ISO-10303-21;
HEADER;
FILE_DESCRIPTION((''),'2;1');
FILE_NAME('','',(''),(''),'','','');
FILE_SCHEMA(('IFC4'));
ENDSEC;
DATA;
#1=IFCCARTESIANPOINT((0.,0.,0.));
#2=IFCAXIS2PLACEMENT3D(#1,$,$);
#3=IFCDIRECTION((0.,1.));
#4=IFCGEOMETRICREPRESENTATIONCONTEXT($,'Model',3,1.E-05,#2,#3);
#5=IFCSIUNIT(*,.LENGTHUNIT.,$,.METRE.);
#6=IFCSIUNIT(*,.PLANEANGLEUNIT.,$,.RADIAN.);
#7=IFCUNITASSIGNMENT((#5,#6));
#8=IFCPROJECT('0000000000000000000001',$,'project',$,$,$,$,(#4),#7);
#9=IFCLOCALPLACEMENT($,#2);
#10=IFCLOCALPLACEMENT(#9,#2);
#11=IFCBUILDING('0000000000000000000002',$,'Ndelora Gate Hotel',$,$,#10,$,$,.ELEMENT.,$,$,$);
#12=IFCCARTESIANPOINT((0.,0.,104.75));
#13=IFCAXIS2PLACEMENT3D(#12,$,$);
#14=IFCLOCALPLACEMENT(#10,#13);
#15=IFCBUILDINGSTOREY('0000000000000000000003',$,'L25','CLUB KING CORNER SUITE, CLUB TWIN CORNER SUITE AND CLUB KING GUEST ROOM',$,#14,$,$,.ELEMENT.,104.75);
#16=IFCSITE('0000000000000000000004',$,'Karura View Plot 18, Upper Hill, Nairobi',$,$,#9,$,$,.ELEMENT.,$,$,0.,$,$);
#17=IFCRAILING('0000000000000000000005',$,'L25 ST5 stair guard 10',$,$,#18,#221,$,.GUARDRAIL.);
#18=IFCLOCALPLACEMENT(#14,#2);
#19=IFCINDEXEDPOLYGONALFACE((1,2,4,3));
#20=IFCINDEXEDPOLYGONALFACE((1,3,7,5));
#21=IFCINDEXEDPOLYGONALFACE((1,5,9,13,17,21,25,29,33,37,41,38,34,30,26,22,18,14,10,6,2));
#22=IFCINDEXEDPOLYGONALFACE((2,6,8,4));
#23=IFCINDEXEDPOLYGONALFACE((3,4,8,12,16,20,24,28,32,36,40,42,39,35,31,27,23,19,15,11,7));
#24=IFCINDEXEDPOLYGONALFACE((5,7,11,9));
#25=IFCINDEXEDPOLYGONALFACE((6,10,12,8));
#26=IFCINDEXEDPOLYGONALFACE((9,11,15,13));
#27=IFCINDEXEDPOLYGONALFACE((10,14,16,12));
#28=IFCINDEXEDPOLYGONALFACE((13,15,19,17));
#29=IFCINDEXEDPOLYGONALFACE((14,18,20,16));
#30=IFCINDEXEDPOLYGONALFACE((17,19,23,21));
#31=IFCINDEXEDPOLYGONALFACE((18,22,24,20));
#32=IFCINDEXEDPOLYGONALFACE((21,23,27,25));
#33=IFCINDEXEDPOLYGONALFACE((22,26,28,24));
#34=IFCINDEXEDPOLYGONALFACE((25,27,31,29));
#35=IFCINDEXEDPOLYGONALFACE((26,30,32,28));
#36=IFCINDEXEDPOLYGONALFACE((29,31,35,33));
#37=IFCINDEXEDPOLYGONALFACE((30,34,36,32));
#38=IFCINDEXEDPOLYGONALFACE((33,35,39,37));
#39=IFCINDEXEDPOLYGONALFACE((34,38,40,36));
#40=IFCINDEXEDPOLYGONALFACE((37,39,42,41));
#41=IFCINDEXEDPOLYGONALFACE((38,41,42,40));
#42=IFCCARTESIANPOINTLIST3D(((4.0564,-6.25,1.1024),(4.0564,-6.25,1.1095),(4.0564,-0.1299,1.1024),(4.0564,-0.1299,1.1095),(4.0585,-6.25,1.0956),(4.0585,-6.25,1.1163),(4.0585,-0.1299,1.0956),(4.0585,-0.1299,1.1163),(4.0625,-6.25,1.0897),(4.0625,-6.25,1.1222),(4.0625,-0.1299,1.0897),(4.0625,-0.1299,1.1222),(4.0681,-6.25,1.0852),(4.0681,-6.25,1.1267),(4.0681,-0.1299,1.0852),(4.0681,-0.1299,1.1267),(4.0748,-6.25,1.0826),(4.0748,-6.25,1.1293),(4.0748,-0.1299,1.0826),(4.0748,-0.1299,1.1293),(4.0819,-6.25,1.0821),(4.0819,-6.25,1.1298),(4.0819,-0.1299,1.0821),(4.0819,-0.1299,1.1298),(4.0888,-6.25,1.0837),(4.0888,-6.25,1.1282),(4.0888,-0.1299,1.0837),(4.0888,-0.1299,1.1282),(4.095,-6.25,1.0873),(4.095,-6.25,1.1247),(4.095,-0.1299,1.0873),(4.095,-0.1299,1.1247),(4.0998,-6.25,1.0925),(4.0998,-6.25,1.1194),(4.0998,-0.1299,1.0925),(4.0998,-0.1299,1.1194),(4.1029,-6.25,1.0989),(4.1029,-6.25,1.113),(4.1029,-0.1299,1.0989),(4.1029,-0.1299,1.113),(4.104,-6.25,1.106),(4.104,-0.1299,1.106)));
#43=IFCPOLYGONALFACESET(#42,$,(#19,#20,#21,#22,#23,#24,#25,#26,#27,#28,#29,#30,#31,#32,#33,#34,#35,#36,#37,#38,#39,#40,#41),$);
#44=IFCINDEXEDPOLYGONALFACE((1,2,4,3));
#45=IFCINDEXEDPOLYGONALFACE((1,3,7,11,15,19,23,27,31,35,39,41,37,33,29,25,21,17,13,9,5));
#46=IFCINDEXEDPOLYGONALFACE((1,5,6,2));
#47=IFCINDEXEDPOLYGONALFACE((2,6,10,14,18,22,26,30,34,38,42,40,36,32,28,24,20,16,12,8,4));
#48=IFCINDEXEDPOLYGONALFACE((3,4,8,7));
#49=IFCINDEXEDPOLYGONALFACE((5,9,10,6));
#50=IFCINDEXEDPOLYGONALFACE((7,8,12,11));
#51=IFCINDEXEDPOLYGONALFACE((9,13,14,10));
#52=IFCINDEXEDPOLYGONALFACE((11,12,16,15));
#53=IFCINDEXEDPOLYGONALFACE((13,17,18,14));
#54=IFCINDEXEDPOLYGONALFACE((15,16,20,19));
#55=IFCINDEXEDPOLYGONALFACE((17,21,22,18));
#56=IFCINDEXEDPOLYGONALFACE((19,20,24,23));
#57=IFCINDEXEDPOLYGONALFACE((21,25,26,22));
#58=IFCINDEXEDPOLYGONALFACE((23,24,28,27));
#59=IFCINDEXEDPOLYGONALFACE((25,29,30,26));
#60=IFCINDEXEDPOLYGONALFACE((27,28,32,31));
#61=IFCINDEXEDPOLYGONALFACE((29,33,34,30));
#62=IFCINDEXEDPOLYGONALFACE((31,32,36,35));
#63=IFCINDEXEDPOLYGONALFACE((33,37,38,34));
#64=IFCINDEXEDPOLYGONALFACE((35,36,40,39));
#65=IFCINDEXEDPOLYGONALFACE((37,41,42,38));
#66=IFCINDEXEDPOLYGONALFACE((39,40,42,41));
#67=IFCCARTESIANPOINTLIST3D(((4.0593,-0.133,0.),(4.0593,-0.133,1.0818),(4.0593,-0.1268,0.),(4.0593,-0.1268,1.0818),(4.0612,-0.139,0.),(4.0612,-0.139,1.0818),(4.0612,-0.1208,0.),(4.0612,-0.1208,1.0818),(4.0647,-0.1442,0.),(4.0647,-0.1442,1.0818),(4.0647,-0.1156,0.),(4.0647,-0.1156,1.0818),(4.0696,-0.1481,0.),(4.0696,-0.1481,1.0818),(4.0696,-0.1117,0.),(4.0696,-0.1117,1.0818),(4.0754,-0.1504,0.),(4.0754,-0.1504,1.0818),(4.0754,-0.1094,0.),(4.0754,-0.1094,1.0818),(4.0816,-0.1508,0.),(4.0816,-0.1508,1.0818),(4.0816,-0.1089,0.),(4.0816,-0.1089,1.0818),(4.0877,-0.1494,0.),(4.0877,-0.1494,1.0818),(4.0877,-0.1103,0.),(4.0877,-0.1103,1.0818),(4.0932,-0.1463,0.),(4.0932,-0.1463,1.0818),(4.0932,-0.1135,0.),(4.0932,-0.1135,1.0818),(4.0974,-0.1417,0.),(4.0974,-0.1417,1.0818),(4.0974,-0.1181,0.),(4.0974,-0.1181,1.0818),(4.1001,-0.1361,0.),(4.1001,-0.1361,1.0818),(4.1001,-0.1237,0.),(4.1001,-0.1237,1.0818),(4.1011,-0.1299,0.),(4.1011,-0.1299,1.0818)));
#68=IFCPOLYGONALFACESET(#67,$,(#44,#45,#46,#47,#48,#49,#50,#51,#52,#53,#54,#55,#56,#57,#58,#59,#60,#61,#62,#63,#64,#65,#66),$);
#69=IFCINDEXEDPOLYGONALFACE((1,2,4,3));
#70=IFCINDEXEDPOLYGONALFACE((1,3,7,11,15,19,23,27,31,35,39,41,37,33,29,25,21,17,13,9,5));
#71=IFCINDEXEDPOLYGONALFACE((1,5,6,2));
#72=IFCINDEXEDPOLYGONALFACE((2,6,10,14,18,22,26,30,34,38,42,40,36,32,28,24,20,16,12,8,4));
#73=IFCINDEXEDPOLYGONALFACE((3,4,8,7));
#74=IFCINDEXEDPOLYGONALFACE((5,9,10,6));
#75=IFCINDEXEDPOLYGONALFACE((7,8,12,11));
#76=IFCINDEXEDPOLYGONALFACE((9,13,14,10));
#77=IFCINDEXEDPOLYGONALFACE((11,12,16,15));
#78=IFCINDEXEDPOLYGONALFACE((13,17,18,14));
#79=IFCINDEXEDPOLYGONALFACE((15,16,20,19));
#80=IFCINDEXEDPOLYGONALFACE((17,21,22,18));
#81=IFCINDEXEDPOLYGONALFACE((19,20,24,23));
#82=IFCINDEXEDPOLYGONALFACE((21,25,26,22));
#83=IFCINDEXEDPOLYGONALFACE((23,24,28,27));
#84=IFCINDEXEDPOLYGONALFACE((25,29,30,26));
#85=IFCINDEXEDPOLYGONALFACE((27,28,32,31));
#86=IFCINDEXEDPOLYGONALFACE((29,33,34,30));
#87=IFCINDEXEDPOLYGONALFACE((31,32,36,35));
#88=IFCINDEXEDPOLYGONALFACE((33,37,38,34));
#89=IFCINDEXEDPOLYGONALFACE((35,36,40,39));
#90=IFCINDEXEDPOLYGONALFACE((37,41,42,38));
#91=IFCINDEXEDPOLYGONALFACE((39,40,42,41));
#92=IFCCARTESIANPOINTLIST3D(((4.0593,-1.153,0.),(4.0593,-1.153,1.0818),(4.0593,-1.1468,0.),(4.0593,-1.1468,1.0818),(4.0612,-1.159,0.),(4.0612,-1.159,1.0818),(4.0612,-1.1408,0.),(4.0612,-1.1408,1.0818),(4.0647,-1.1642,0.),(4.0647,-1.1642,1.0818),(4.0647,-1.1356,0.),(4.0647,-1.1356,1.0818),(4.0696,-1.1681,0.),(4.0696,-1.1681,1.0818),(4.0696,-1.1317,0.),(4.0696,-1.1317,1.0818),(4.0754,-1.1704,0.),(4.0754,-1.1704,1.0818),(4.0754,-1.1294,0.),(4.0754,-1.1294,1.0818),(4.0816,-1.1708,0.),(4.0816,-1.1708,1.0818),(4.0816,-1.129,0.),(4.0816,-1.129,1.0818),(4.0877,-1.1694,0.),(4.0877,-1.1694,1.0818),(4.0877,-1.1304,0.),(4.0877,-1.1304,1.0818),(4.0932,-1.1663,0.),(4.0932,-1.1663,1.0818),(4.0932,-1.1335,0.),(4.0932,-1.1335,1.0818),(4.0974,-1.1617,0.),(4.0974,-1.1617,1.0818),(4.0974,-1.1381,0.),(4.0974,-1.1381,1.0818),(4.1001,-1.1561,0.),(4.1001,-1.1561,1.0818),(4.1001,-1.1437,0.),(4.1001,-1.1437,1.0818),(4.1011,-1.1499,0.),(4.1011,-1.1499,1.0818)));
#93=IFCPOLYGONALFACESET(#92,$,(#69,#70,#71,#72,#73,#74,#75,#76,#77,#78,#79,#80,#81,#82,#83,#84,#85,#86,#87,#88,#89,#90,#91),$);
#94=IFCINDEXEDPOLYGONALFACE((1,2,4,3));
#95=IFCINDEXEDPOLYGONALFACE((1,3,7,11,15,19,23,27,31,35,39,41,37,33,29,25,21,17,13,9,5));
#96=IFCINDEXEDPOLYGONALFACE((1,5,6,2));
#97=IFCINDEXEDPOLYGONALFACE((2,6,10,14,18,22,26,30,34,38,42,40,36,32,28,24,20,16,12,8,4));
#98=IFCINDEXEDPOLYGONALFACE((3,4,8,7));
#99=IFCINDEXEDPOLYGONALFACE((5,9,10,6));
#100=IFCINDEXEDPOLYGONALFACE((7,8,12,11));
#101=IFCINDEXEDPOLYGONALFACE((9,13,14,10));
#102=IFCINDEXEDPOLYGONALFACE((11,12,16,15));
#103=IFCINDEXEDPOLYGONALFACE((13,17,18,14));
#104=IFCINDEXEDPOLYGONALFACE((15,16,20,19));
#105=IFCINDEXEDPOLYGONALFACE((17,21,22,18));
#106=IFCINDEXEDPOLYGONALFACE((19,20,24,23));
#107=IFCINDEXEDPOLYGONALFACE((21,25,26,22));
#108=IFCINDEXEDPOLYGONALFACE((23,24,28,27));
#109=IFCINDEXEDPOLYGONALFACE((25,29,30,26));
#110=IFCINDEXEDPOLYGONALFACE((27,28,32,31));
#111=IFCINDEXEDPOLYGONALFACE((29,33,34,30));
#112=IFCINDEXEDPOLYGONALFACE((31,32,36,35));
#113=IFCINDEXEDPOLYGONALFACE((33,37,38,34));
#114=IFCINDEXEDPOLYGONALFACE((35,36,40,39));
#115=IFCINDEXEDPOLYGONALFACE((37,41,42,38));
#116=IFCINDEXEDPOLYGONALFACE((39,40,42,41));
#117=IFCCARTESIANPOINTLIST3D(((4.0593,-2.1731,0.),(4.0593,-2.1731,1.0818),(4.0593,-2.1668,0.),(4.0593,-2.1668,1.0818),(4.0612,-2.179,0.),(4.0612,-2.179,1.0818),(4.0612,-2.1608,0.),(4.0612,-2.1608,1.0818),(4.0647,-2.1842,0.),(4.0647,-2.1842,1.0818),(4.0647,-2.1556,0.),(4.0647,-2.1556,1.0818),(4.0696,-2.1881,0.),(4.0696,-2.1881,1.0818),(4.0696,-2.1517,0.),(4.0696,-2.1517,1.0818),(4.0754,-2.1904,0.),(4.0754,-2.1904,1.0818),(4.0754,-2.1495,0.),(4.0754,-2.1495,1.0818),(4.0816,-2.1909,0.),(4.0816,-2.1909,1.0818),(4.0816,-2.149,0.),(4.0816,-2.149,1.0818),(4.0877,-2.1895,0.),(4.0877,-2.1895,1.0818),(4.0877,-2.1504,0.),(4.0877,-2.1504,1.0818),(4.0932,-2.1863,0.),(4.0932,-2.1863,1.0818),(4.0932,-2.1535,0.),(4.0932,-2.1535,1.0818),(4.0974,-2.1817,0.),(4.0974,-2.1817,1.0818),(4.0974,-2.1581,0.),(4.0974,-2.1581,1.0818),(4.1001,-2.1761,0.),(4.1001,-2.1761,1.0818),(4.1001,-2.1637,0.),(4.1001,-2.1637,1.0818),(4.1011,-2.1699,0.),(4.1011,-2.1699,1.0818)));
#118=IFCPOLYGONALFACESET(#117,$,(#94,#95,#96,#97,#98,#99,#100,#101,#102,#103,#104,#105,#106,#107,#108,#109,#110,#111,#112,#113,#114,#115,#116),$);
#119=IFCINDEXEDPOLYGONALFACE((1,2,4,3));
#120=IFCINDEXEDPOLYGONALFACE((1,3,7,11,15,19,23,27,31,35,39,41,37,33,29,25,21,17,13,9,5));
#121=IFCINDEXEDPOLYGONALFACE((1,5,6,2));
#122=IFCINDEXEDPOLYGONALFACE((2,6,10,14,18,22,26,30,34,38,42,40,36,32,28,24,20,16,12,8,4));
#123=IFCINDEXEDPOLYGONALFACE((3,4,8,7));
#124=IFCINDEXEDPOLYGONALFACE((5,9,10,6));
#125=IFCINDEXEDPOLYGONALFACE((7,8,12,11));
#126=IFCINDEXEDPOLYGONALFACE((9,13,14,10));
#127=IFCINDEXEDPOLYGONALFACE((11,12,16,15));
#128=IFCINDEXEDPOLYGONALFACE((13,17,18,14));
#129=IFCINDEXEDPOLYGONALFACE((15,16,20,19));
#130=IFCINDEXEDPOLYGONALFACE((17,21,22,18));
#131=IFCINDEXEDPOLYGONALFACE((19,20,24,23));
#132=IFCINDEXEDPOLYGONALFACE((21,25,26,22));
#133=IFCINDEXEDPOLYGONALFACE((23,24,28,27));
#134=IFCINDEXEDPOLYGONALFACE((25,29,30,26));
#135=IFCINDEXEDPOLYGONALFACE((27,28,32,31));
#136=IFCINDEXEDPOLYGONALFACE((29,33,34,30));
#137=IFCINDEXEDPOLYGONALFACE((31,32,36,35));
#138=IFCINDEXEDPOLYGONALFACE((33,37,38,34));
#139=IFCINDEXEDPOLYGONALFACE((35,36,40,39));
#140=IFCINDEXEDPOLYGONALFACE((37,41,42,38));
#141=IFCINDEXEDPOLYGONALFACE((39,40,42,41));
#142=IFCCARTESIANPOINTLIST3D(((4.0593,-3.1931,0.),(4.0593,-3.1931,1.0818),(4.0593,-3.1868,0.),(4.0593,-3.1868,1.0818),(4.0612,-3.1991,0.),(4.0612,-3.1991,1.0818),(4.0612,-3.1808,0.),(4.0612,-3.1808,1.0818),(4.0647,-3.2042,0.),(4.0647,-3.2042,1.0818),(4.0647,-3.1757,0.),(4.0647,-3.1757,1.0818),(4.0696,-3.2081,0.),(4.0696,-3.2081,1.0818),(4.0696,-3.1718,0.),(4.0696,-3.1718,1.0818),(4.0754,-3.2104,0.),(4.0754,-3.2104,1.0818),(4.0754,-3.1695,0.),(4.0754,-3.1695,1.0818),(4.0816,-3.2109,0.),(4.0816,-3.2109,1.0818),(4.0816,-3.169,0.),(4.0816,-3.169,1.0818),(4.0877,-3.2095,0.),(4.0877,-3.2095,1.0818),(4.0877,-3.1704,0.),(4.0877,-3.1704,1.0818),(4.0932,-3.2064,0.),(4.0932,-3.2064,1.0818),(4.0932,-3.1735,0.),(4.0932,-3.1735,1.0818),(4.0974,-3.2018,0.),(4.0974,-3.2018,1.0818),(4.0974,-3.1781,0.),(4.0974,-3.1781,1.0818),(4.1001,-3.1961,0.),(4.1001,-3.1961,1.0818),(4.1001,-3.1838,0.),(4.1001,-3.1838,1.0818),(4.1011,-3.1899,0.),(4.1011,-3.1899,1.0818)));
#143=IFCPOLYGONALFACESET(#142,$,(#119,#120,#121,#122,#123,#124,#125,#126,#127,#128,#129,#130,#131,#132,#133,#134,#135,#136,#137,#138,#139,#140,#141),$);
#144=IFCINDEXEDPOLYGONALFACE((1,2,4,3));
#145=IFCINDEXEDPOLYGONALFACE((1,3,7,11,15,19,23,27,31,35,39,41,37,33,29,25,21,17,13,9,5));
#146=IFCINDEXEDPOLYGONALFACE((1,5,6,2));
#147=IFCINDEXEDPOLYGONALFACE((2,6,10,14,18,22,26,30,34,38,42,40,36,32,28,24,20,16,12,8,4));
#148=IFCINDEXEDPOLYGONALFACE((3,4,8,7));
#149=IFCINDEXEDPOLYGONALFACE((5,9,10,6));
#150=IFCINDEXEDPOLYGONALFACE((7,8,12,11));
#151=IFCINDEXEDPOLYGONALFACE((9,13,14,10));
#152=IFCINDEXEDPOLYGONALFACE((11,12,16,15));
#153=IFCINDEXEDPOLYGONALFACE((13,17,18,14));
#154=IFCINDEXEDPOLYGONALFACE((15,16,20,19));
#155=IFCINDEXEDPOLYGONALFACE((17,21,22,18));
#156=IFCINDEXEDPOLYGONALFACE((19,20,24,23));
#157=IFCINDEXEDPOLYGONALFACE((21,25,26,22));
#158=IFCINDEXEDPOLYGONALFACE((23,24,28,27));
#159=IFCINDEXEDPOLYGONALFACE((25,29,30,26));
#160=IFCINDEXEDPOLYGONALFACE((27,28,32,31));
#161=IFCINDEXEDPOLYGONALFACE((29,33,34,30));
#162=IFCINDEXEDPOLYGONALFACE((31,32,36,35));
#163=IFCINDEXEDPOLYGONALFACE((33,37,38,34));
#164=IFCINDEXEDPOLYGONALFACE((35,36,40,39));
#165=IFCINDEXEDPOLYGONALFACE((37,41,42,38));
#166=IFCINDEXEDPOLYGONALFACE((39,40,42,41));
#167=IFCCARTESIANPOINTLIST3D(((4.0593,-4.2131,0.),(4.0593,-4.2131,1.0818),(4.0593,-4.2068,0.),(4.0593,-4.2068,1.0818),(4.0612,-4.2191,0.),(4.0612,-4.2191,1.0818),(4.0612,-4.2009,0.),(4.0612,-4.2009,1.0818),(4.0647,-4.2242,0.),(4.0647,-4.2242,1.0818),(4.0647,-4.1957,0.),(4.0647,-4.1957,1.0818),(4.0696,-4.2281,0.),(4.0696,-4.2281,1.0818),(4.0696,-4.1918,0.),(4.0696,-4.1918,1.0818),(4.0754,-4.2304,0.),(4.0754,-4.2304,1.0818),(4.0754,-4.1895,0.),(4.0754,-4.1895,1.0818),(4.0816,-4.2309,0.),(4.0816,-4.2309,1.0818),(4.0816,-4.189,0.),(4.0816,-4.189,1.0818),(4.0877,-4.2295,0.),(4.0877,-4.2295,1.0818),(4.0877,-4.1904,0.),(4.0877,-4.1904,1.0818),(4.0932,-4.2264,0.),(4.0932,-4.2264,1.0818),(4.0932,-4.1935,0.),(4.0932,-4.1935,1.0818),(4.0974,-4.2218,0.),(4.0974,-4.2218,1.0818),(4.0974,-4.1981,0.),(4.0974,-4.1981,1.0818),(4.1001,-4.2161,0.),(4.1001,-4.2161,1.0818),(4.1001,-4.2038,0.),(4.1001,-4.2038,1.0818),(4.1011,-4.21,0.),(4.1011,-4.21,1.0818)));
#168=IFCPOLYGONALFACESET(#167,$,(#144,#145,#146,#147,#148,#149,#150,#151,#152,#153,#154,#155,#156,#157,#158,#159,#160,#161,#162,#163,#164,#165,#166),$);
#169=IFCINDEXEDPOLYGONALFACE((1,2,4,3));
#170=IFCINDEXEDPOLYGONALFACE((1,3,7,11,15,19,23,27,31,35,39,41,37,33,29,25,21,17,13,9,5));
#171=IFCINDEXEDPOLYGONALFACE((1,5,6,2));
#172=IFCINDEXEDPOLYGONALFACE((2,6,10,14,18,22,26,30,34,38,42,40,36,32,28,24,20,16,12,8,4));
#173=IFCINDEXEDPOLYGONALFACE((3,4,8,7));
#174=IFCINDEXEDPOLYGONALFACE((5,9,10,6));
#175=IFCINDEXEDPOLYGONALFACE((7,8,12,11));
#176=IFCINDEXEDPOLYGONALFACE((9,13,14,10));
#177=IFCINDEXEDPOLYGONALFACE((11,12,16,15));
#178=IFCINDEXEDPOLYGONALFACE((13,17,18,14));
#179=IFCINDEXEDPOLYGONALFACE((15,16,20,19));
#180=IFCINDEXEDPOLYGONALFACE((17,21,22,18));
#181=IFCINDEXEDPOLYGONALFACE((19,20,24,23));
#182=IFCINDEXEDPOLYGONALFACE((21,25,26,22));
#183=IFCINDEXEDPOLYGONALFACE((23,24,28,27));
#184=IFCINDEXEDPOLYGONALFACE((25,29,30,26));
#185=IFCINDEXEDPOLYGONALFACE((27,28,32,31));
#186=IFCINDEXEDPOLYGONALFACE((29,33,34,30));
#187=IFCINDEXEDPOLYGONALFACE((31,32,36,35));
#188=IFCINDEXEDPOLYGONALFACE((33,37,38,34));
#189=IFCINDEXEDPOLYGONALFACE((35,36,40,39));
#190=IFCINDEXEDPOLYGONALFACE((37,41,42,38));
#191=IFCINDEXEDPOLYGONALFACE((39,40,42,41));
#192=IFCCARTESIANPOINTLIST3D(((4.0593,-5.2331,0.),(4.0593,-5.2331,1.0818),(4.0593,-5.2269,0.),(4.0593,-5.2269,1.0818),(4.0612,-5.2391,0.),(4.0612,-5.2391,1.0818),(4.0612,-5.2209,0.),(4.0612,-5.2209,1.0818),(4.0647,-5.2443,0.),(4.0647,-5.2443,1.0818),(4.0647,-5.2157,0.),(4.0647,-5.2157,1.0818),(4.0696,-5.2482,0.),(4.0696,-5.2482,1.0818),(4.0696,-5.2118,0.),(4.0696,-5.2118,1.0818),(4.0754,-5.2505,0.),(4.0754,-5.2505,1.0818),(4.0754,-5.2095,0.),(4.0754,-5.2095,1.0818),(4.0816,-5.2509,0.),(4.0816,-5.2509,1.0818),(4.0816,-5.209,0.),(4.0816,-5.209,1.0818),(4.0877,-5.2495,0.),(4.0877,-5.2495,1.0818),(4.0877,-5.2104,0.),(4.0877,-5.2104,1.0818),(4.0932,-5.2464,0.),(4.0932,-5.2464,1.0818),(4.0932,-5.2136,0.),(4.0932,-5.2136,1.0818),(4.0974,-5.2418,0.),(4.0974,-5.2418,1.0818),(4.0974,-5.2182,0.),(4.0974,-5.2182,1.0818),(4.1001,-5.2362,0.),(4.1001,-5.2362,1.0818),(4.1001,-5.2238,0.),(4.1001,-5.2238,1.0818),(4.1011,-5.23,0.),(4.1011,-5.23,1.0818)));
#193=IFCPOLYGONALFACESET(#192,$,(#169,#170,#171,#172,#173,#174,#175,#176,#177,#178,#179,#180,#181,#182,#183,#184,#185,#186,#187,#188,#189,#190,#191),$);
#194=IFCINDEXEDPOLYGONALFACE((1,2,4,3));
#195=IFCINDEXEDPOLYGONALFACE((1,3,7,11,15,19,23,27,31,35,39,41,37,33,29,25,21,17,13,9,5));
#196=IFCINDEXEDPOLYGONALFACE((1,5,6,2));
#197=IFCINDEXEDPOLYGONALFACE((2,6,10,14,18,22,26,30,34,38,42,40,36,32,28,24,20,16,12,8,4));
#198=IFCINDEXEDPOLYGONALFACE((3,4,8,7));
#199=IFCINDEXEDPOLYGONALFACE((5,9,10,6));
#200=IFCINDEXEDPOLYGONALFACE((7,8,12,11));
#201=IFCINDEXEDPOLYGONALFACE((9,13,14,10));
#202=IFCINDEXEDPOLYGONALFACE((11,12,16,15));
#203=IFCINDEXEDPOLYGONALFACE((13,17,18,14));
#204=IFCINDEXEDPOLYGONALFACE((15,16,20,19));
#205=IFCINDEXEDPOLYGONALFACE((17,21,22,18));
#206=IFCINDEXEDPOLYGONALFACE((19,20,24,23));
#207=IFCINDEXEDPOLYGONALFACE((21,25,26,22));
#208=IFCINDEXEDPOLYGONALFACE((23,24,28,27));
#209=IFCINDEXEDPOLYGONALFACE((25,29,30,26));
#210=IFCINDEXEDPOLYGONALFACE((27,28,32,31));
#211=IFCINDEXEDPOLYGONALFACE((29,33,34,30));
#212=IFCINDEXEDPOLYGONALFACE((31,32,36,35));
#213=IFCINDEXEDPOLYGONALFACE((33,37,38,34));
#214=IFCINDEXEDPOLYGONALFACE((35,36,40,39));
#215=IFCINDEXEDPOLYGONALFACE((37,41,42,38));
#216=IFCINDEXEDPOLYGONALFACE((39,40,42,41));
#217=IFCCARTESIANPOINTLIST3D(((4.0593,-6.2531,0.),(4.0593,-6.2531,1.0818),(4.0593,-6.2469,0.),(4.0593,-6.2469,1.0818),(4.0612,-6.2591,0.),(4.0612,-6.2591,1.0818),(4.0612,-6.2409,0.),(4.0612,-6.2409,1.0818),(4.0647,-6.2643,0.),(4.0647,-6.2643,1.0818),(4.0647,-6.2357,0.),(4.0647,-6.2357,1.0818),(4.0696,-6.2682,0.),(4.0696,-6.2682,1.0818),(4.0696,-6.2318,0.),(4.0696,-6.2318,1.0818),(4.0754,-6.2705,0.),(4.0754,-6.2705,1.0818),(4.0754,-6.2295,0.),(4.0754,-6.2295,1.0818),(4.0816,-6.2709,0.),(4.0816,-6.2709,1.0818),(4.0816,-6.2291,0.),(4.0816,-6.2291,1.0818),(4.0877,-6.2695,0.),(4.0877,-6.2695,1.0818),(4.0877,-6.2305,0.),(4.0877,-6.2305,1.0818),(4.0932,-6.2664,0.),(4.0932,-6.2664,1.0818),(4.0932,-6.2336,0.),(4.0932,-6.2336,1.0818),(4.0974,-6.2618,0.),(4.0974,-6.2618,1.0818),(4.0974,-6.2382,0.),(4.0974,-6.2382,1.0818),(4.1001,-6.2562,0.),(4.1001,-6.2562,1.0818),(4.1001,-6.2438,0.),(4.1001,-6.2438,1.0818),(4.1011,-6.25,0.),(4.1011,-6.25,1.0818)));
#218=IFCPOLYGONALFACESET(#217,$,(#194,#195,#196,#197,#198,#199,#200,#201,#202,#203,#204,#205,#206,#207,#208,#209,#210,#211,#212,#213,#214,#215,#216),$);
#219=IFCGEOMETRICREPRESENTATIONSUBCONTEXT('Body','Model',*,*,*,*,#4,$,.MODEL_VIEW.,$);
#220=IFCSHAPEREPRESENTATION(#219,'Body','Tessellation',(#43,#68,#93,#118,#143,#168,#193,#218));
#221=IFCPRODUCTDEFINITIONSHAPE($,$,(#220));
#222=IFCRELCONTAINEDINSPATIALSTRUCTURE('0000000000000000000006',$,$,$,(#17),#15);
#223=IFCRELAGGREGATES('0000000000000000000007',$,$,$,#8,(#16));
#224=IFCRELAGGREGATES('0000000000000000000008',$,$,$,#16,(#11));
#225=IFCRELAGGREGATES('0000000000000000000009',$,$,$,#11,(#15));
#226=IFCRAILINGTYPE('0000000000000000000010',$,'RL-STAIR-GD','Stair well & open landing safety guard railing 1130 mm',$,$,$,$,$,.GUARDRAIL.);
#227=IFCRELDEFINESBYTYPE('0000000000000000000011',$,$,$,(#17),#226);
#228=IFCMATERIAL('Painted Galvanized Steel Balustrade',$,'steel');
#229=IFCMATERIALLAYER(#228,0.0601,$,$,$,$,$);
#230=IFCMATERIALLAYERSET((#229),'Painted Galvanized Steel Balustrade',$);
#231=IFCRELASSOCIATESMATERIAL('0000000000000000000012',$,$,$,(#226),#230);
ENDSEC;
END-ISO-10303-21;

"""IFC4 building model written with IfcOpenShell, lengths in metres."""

from ifc_helpers import new_model, si_unit, direction, frame, origin, origin_2d, place, context, subcontext, project, spatial, circle, extrude, material, layer, layer_set, type_object, element, save


model = new_model("IFC4")

# Units and contexts
model_context = context("Model", 3, precision=1e-05, world=origin(), true_north=direction((0.0, 1.0)))
body_context = subcontext(model_context, "Body", "Model", "MODEL_VIEW")
ifc_project = project(units=[si_unit("LENGTHUNIT", "METRE"), si_unit("PLANEANGLEUNIT", "RADIAN")], contexts=[model_context])

# Site, building, storey
site_placement = place(None, origin())
site = spatial("IfcSite", under=ifc_project, at=site_placement, Name="Karura View Plot 18, Upper Hill, Nairobi", CompositionType="ELEMENT", RefElevation=0.0)
building_placement = place(site_placement, origin())
building = spatial("IfcBuilding", under=site, at=building_placement, Name="Ndelora Gate Hotel", CompositionType="ELEMENT")
storey_placement = place(building_placement, frame((0.0, 0.0, 104.75)))
storey = spatial("IfcBuildingStorey", under=building, at=storey_placement, Name="L25", Description="CLUB KING CORNER SUITE, CLUB TWIN CORNER SUITE AND CLUB KING GUEST ROOM", CompositionType="ELEMENT", Elevation=104.75)

# Railing
ifc_material_1 = material(Name="Painted Galvanized Steel Balustrade", Category="steel")
ifc_layer_1 = layer(ifc_material_1, 0.0601)
ifc_layer_set_1 = layer_set([ifc_layer_1], Name="Painted Galvanized Steel Balustrade")
railing_type = type_object("IfcRailingType", Name="RL-STAIR-GD", Description="Stair well & open landing safety guard railing 1130 mm", PredefinedType="GUARDRAIL", material=ifc_layer_set_1)
railing_1_placement = place(storey_placement, frame((4.0801, -0.1299, 0.0)))
element("IfcRailing", 1, at=railing_1_placement, inside=storey, type_object=railing_type, Name="L25 ST5 stair guard 10", PredefinedType="GUARDRAIL", context=body_context, shape_type="SweptSolid", body=[
    extrude(circle(Radius=0.0239, at=origin_2d()), frame((0.0, 0.0, 1.106), z_axis=(0.0, -1.0, 0.0), x_axis=(1.0, 0.0, 0.0)), (0.0, 0.0, 1.0), 6.1201),
    extrude(circle(Radius=0.021, at=origin_2d()), origin(), (0.0, 0.0, 1.0), 1.0818),
    extrude(circle(Radius=0.021, at=origin_2d()), frame((0.0, -1.02, 0.0)), (0.0, 0.0, 1.0), 1.0818),
    extrude(circle(Radius=0.021, at=origin_2d()), frame((0.0, -2.04, 0.0)), (0.0, 0.0, 1.0), 1.0818),
    extrude(circle(Radius=0.021, at=origin_2d()), frame((0.0, -3.0601, 0.0)), (0.0, 0.0, 1.0), 1.0818),
    extrude(circle(Radius=0.021, at=origin_2d()), frame((0.0, -4.0801, 0.0)), (0.0, 0.0, 1.0), 1.0818),
    extrude(circle(Radius=0.021, at=origin_2d()), frame((0.0, -5.1001, 0.0)), (0.0, 0.0, 1.0), 1.0818),
    extrude(circle(Radius=0.021, at=origin_2d()), frame((0.0, -6.1201, 0.0)), (0.0, 0.0, 1.0), 1.0818),
])

save(model, "model.ifc")
